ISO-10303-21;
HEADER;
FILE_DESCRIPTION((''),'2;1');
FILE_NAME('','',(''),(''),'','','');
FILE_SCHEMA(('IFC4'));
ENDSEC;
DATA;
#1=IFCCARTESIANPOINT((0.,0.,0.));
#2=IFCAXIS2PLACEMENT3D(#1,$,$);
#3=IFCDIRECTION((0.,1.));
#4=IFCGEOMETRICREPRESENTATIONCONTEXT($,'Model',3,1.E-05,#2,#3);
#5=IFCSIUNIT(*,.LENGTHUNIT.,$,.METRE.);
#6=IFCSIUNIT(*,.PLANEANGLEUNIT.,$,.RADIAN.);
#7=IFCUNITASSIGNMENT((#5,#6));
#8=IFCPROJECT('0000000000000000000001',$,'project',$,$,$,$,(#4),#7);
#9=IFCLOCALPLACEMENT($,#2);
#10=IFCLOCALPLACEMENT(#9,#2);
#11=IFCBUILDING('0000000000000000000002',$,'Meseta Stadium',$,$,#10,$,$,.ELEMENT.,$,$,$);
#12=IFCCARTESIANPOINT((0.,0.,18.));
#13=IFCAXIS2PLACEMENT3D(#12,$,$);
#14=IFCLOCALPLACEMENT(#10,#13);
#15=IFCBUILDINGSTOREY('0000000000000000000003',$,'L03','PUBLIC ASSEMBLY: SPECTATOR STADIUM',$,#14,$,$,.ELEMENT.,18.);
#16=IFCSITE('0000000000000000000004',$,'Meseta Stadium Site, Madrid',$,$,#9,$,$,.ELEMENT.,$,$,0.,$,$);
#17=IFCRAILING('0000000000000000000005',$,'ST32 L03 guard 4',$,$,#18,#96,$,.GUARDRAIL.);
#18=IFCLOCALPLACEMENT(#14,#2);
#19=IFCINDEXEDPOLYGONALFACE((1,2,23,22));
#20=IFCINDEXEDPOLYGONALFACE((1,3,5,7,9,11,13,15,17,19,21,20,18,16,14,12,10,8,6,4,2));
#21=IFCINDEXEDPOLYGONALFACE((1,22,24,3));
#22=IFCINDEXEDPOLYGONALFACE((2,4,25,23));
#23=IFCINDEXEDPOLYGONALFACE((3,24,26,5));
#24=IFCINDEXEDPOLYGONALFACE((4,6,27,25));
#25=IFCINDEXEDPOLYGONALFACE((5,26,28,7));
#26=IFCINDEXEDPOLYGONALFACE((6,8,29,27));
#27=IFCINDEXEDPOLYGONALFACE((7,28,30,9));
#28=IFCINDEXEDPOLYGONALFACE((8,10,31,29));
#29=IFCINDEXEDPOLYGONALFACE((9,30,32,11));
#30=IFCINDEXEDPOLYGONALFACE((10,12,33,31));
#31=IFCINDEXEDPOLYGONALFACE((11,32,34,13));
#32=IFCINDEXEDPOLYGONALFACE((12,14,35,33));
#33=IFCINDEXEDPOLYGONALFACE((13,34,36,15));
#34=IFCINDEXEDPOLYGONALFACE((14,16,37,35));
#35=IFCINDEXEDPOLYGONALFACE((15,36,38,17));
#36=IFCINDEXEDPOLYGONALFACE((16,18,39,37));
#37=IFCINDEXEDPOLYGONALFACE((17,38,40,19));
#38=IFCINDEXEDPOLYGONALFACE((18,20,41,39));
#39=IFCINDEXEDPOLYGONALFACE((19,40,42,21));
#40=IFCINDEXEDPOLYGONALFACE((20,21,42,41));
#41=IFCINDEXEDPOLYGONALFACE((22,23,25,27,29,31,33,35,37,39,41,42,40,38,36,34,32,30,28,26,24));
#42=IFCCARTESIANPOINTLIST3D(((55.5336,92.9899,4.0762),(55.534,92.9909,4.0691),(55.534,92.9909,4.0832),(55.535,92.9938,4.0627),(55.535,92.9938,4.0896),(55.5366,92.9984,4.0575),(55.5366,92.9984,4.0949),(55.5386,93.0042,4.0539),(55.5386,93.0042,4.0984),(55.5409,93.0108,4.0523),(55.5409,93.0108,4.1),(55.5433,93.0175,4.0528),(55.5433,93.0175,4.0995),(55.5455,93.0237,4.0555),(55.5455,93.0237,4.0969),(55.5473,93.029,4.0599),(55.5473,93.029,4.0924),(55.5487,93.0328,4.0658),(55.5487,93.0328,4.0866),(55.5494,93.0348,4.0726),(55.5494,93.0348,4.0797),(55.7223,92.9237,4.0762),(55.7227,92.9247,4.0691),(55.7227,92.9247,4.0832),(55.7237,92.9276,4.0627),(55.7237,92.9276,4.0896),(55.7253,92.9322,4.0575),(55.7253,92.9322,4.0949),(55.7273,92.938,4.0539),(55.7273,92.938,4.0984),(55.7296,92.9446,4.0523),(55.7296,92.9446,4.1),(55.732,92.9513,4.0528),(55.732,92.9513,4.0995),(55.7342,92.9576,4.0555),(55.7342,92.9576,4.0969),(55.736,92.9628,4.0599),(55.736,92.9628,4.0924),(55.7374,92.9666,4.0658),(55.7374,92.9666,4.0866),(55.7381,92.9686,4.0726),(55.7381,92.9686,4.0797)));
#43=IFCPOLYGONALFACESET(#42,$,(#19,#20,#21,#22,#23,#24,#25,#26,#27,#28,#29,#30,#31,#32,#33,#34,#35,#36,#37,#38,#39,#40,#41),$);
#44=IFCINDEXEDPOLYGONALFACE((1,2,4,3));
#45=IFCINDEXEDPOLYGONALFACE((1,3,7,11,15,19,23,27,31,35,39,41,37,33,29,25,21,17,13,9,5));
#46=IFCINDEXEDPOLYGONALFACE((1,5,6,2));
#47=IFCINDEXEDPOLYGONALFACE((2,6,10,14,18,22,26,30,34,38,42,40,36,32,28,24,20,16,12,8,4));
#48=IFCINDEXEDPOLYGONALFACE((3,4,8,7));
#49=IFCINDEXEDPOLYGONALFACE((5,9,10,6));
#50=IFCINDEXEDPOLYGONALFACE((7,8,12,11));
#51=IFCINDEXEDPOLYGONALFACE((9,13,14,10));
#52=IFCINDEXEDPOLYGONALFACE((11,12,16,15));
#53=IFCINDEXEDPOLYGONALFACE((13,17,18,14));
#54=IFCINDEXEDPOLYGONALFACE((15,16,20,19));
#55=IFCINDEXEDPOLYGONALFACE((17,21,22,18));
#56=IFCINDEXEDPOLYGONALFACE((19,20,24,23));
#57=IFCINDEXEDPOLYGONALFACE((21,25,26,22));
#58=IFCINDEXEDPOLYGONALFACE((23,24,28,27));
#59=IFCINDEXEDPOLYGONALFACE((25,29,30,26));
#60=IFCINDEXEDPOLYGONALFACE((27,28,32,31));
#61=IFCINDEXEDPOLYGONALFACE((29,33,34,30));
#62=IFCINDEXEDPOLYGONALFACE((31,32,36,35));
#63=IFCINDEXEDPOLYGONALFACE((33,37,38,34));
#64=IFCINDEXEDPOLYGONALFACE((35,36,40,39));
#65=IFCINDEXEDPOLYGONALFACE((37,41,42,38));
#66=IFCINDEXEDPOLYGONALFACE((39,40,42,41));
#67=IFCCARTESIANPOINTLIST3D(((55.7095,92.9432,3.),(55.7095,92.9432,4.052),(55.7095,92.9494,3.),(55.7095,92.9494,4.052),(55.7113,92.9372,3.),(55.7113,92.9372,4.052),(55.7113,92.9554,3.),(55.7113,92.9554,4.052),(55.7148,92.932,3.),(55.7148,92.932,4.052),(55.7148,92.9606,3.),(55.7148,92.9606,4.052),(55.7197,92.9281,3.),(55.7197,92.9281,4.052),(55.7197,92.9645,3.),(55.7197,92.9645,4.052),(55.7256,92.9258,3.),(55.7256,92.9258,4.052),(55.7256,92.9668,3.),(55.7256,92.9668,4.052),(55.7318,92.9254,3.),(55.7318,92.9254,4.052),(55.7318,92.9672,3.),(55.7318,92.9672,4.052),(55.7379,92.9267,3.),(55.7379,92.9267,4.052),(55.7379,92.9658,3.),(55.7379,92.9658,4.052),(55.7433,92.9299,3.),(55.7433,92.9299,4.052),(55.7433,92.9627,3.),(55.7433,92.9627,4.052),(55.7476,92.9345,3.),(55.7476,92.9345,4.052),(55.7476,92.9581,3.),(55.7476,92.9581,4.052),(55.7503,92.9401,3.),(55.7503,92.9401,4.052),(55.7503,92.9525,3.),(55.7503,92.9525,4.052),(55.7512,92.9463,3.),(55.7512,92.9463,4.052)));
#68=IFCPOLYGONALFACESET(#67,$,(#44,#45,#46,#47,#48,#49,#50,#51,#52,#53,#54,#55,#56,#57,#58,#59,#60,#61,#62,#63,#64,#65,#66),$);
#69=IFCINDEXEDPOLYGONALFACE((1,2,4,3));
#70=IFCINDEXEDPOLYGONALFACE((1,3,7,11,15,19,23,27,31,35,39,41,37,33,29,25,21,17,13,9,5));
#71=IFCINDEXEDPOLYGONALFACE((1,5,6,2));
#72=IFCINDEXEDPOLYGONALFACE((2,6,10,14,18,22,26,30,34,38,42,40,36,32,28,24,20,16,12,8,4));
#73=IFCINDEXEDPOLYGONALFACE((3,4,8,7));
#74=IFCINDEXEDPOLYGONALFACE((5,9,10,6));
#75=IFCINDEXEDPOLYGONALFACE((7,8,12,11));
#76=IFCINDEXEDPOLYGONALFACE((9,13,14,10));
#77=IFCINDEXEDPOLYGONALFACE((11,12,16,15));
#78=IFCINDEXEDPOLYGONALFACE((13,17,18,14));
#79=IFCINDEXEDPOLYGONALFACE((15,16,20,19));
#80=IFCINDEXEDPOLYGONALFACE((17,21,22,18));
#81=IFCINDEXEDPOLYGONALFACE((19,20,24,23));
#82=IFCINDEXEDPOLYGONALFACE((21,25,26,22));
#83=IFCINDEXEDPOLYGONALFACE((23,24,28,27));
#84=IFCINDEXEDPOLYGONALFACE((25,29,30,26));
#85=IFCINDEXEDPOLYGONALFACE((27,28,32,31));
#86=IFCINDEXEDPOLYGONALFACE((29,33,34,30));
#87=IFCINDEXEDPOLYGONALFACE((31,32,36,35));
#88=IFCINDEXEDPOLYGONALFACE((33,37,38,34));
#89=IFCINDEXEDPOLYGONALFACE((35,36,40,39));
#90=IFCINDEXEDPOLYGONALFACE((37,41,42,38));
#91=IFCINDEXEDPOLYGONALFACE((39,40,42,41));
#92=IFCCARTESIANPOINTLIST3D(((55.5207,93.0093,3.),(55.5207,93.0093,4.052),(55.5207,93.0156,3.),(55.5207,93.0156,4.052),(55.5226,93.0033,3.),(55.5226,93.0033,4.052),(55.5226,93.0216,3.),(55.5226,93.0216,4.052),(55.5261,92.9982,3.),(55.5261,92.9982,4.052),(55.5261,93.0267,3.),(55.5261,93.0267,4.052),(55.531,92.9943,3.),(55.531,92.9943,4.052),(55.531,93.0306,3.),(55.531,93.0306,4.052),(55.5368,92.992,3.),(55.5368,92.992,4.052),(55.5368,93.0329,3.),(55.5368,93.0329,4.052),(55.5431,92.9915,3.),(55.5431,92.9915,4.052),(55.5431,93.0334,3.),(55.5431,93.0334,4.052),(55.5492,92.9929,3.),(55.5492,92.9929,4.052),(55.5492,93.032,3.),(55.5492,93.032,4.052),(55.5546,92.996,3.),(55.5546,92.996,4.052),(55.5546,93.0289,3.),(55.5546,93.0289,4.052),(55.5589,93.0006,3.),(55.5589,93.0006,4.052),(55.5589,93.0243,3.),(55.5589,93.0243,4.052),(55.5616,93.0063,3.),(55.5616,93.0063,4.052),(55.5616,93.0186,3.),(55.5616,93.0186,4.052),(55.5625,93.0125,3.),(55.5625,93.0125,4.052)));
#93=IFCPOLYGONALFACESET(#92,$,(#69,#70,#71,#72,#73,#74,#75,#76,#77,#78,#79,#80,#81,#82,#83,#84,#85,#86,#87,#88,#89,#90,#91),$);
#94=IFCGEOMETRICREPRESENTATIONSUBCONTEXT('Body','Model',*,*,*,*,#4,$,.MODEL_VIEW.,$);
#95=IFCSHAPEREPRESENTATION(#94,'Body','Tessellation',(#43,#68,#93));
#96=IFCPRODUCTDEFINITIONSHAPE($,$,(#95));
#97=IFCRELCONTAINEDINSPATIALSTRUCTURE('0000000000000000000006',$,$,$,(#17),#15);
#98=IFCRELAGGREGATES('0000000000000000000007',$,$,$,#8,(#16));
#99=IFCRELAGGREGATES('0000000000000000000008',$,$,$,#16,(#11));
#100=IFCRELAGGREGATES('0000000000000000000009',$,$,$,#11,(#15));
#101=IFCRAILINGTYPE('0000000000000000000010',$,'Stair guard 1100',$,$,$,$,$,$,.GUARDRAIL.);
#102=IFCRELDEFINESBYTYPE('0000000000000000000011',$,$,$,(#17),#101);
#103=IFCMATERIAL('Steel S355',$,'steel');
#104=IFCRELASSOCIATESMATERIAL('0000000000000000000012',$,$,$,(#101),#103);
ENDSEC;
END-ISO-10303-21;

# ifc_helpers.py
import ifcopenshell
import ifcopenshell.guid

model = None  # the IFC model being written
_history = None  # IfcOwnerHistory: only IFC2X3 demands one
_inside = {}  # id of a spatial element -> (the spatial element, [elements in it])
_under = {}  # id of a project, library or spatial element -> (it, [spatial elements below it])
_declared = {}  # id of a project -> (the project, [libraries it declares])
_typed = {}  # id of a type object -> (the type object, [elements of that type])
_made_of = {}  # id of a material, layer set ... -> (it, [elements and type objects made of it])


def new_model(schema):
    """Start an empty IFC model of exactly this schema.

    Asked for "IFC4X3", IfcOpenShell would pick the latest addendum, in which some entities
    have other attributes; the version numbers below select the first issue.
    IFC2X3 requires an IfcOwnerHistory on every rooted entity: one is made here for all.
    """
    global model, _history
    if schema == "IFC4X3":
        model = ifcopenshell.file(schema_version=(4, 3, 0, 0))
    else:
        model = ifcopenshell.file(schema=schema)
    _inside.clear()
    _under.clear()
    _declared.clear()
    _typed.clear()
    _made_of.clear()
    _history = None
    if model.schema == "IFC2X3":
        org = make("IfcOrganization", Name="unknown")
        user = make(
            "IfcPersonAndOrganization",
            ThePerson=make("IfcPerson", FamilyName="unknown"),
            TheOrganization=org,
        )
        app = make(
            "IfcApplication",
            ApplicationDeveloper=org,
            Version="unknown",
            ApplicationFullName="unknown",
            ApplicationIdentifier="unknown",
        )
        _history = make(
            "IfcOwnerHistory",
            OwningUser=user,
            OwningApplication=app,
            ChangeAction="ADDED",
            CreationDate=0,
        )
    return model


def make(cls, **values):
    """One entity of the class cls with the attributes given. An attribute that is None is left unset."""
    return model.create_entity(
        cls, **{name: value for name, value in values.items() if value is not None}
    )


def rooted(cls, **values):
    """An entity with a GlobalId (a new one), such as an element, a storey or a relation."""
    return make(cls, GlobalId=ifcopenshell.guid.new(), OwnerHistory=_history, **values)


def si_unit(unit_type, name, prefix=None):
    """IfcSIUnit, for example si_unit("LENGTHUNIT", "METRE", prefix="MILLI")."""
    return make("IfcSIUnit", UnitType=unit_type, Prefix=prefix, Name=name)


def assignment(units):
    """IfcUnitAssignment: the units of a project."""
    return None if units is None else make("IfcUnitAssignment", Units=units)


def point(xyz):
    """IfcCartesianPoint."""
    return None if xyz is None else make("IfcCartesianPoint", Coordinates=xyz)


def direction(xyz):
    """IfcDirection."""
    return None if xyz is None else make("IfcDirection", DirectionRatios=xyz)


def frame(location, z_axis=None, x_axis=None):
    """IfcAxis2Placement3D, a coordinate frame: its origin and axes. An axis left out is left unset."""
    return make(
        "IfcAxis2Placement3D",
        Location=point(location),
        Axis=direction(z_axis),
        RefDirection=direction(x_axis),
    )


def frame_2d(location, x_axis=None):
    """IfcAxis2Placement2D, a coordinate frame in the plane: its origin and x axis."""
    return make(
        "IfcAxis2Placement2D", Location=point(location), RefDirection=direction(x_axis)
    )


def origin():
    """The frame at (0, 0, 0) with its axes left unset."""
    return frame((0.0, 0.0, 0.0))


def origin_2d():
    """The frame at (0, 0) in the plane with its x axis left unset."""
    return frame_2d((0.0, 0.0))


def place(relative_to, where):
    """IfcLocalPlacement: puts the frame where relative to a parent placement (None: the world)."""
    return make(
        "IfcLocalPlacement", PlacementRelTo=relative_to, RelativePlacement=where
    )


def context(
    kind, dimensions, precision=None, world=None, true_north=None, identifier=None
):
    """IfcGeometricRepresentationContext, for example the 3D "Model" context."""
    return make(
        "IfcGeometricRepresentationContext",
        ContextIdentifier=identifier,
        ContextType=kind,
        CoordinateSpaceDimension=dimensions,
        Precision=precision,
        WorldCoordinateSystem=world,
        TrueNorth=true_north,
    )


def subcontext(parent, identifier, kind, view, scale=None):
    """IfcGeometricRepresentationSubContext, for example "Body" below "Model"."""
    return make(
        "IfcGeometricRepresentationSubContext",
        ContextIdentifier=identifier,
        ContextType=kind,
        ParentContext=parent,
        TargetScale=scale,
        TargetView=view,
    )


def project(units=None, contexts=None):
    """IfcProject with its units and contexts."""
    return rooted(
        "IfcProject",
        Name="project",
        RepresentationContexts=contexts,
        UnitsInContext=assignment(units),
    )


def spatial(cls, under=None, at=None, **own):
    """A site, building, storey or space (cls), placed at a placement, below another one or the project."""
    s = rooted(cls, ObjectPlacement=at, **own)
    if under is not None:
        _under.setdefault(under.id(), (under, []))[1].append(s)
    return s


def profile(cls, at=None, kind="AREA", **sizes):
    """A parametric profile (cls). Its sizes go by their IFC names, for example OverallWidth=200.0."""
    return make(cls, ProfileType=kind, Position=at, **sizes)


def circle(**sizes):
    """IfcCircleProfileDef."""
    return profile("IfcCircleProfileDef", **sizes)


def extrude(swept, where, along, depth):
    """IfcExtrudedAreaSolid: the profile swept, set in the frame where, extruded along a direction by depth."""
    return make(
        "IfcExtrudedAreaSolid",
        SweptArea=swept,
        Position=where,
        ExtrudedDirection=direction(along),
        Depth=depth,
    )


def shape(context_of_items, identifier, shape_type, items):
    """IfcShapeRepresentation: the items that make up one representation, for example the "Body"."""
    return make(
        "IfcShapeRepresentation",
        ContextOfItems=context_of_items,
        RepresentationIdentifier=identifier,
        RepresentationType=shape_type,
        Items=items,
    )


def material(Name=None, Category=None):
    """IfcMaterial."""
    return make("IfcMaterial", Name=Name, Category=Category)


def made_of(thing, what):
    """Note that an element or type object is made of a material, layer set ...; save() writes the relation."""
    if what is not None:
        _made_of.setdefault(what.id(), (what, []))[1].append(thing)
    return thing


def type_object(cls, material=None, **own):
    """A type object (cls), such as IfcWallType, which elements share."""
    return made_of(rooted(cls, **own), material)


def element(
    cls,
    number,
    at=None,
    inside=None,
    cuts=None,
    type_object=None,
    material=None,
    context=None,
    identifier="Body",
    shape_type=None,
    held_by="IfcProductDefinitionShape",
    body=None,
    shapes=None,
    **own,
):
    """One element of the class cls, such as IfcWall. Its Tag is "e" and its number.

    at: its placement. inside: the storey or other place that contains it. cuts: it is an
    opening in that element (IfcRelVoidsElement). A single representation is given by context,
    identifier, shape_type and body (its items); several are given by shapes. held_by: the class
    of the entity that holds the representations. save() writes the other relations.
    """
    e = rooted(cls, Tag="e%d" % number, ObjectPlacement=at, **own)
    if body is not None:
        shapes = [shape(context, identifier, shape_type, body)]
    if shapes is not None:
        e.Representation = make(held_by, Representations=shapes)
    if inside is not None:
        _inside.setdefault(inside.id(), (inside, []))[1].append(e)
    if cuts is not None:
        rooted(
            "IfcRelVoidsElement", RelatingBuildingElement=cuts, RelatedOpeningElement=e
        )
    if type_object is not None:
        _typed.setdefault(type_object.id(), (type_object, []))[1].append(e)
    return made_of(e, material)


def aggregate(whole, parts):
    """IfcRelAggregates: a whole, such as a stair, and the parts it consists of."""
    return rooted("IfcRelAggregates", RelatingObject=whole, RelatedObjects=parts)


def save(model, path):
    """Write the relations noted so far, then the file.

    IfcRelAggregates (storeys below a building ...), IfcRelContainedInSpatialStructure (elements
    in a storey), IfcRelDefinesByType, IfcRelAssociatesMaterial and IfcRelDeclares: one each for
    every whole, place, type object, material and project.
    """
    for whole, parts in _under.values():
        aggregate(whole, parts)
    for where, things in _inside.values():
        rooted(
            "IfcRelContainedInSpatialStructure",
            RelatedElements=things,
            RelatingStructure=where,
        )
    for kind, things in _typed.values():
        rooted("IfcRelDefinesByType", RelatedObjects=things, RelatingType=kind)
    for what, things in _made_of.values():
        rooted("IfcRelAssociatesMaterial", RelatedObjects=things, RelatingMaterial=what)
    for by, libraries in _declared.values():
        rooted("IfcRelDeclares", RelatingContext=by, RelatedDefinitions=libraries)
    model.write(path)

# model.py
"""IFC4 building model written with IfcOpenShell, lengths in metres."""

from ifc_helpers import new_model, si_unit, direction, frame, origin, origin_2d, place, context, subcontext, project, spatial, circle, extrude, material, type_object, element, save


model = new_model("IFC4")

# Units and contexts
model_context = context("Model", 3, precision=1e-05, world=origin(), true_north=direction((0.0, 1.0)))
body_context = subcontext(model_context, "Body", "Model", "MODEL_VIEW")
ifc_project = project(units=[si_unit("LENGTHUNIT", "METRE"), si_unit("PLANEANGLEUNIT", "RADIAN")], contexts=[model_context])

# Site, building, storey
site_placement = place(None, origin())
site = spatial("IfcSite", under=ifc_project, at=site_placement, Name="Meseta Stadium Site, Madrid", CompositionType="ELEMENT", RefElevation=0.0)
building_placement = place(site_placement, origin())
building = spatial("IfcBuilding", under=site, at=building_placement, Name="Meseta Stadium", CompositionType="ELEMENT")
storey_placement = place(building_placement, frame((0.0, 0.0, 18.0)))
storey = spatial("IfcBuildingStorey", under=building, at=storey_placement, Name="L03", Description="PUBLIC ASSEMBLY: SPECTATOR STADIUM", CompositionType="ELEMENT", Elevation=18.0)

# Railing
ifc_material_1 = material(Name="Steel S355", Category="steel")
railing_type = type_object("IfcRailingType", Name="Stair guard 1100", PredefinedType="GUARDRAIL", material=ifc_material_1)
railing_1_placement = place(storey_placement, frame((55.7302, 92.9463, 3.0)))
element("IfcRailing", 1, at=railing_1_placement, inside=storey, type_object=railing_type, Name="ST32 L03 guard 4", PredefinedType="GUARDRAIL", context=body_context, shape_type="SweptSolid", body=[
    extrude(circle(Radius=0.0239, at=origin_2d()), frame((0.0, 0.0, 1.0762), z_axis=(-0.943687, 0.33084, 0.0), x_axis=(-0.33084, -0.943687, 0.0)), (0.0, 0.0, 1.0), 0.2),
    extrude(circle(Radius=0.021, at=origin_2d()), origin(), (0.0, 0.0, 1.0), 1.052),
    extrude(circle(Radius=0.021, at=origin_2d()), frame((-0.1887, 0.0662, 0.0)), (0.0, 0.0, 1.0), 1.052),
])

save(model, "model.ifc")
